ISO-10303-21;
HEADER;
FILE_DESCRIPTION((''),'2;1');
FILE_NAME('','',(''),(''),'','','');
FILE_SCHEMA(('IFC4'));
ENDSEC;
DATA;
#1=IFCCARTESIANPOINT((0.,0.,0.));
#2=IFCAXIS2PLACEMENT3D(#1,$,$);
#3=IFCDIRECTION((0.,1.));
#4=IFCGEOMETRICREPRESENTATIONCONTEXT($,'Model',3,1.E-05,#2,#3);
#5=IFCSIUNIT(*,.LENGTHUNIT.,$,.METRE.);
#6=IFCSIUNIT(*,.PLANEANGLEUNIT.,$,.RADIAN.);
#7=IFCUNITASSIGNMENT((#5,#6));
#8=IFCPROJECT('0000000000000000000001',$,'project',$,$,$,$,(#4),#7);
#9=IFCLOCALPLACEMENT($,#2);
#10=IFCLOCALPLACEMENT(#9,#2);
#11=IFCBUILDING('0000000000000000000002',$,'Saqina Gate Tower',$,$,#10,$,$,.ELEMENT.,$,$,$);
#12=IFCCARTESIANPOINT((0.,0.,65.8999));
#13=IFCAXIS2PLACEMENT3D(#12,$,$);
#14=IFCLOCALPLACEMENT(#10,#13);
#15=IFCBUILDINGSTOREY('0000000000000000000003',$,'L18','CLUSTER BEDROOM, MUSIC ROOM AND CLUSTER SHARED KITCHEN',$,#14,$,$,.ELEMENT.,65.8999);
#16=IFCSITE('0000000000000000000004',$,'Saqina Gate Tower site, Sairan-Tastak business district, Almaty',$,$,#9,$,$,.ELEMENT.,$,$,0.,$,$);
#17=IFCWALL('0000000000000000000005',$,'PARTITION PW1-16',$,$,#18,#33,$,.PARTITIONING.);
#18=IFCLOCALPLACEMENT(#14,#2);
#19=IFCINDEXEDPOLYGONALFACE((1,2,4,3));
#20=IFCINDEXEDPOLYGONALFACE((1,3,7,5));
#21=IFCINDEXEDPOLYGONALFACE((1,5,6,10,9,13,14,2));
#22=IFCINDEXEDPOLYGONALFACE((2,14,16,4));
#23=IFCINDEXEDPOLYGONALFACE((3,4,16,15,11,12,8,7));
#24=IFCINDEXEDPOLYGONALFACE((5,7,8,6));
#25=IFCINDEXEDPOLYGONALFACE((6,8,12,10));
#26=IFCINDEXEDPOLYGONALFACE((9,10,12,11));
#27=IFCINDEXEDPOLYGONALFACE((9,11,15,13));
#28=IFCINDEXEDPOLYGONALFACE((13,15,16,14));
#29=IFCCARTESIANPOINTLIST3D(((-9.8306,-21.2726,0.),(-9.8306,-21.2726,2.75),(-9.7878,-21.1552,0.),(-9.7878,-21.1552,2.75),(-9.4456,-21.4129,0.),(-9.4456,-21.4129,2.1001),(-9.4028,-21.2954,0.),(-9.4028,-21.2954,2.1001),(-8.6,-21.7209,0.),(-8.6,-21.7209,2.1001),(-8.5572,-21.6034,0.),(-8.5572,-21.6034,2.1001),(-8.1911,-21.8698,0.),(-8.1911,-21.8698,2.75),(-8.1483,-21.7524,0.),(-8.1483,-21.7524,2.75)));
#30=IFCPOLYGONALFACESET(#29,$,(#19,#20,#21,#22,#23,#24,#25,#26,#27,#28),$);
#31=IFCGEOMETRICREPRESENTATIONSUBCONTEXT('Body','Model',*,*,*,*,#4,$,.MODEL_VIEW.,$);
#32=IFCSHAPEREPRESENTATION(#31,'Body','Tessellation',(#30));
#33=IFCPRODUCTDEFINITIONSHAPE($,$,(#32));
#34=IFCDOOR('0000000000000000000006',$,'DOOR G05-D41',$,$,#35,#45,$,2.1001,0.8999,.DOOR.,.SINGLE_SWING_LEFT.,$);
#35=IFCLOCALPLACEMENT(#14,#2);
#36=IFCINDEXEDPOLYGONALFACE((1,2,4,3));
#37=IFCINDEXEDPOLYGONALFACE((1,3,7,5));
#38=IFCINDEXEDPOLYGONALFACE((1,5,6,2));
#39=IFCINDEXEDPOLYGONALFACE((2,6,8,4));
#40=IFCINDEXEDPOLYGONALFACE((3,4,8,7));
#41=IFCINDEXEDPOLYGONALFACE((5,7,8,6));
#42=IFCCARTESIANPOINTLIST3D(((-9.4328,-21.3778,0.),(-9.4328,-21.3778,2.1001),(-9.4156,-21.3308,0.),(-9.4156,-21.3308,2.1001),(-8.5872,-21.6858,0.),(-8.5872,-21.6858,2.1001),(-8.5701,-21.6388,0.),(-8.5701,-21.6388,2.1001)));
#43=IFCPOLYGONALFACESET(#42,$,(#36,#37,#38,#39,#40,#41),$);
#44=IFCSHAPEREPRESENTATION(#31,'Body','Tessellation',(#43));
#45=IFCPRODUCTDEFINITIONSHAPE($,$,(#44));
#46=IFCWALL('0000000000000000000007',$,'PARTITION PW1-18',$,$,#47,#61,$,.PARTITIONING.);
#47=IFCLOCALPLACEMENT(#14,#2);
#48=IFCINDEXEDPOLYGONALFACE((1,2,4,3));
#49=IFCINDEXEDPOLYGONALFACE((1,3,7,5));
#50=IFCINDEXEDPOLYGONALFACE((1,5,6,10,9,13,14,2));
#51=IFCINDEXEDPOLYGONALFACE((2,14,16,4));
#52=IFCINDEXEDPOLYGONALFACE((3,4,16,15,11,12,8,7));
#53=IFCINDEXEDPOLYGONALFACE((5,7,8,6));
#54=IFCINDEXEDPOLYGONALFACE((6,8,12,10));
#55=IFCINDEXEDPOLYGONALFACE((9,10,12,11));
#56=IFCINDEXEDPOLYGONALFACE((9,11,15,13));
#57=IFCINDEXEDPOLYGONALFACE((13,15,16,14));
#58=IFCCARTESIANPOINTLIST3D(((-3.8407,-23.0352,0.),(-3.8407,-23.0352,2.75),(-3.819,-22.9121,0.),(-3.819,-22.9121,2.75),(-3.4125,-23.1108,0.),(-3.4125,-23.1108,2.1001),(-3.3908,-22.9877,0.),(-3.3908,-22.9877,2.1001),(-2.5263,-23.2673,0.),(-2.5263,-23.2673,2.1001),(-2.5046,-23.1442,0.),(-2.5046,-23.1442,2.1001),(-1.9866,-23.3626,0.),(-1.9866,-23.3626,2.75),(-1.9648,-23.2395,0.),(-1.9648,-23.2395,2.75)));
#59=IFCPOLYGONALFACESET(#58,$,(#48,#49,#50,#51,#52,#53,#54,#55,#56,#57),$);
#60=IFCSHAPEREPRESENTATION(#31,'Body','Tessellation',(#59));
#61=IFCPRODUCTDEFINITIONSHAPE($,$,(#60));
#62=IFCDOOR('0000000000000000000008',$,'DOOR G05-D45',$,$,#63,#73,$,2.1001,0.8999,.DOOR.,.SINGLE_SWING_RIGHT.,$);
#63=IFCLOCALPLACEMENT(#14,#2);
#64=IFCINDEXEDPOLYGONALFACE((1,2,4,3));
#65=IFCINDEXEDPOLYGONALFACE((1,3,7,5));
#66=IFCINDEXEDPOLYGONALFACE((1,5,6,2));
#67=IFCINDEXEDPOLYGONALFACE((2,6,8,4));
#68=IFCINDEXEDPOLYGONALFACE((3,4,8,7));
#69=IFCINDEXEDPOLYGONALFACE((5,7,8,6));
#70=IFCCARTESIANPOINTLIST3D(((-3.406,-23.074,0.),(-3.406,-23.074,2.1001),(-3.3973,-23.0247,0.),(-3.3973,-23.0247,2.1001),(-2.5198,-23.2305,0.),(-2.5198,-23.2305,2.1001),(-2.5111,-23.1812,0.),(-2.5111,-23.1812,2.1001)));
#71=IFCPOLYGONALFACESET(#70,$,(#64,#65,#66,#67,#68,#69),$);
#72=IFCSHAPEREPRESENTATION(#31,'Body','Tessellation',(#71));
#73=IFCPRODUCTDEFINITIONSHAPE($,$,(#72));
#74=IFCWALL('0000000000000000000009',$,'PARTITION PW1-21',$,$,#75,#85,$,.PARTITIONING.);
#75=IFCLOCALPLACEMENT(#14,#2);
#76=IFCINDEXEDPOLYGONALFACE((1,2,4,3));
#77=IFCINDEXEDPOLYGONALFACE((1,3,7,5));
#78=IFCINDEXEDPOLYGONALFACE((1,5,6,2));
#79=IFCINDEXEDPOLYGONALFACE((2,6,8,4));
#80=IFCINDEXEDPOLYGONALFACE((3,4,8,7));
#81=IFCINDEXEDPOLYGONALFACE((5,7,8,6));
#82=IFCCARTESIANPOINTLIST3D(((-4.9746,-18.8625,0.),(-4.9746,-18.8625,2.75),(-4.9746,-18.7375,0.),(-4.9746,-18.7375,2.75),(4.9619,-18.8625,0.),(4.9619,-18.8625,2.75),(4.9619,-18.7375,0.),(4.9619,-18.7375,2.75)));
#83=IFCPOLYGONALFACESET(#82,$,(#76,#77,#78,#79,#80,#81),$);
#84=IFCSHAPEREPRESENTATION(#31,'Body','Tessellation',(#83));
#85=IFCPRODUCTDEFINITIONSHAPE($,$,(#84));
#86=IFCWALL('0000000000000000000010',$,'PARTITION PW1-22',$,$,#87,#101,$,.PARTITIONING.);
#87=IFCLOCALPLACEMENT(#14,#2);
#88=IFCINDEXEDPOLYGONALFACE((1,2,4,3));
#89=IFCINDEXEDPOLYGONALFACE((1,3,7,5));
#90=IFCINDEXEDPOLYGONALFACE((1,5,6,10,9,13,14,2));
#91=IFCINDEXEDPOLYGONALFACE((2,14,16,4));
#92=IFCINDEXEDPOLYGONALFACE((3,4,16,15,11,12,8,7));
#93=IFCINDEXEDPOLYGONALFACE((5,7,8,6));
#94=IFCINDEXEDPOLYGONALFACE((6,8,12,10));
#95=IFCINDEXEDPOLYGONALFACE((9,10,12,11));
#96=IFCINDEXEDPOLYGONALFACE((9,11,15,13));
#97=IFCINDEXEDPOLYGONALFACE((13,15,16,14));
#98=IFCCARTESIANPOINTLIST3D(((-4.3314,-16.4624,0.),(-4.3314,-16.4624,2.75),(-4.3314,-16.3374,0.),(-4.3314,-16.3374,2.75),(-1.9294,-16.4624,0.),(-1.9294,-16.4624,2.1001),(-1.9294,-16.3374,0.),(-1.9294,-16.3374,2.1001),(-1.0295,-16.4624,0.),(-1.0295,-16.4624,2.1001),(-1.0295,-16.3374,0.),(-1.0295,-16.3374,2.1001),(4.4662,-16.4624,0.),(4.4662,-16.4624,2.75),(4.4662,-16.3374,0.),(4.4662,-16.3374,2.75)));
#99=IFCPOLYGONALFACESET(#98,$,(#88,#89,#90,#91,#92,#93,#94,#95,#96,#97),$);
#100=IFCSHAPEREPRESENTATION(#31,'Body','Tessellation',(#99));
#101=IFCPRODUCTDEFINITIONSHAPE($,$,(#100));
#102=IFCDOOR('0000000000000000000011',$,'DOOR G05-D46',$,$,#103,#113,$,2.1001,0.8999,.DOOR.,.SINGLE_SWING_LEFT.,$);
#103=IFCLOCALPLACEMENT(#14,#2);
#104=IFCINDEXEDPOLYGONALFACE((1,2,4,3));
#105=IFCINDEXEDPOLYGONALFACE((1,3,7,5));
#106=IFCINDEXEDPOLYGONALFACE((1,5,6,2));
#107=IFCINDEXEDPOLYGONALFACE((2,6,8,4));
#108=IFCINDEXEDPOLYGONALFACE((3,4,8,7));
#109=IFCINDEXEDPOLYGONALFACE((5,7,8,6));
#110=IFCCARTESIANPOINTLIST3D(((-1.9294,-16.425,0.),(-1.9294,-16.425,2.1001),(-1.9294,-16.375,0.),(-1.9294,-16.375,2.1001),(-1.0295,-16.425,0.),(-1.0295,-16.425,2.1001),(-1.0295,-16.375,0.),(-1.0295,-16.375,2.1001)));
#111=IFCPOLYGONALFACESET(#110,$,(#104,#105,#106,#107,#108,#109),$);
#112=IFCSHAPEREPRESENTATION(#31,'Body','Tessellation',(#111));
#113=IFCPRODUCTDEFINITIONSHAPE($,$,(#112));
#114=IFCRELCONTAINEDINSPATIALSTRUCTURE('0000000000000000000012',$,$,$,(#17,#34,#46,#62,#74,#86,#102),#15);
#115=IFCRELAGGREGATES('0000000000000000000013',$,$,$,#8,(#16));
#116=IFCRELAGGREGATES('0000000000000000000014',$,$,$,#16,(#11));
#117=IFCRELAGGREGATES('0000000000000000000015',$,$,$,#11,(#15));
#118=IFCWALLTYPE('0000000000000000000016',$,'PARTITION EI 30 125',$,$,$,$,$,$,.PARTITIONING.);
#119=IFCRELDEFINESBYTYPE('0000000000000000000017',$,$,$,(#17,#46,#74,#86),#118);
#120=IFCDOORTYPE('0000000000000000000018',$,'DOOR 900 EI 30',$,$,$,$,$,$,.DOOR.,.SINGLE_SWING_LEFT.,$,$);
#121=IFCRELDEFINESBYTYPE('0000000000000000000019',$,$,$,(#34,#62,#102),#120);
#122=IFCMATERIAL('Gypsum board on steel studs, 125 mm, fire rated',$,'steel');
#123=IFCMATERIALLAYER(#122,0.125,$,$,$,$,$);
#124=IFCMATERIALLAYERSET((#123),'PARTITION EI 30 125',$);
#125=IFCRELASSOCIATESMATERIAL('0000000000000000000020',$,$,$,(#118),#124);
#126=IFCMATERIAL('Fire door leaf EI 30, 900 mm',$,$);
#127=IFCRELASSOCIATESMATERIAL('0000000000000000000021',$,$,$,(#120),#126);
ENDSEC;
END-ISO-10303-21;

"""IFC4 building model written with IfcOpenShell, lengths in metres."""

from ifc_helpers import new_model, si_unit, direction, frame, frame_2d, origin, place, context, subcontext, project, spatial, rectangle, extrude, material, layer, layer_set, type_object, element, fill, save


model = new_model("IFC4")

# Units and contexts
model_context = context("Model", 3, precision=1e-05, world=origin(), true_north=direction((0.0, 1.0)))
body_context = subcontext(model_context, "Body", "Model", "MODEL_VIEW")
ifc_project = project(units=[si_unit("LENGTHUNIT", "METRE"), si_unit("PLANEANGLEUNIT", "RADIAN")], contexts=[model_context])

# Site, building, storey
site_placement = place(None, origin())
site = spatial("IfcSite", under=ifc_project, at=site_placement, Name="Saqina Gate Tower site, Sairan-Tastak business district, Almaty", CompositionType="ELEMENT", RefElevation=0.0)
building_placement = place(site_placement, origin())
building = spatial("IfcBuilding", under=site, at=building_placement, Name="Saqina Gate Tower", CompositionType="ELEMENT")
storey_placement = place(building_placement, frame((0.0, 0.0, 65.8999)))
storey = spatial("IfcBuildingStorey", under=building, at=storey_placement, Name="L18", Description="CLUSTER BEDROOM, MUSIC ROOM AND CLUSTER SHARED KITCHEN", CompositionType="ELEMENT", Elevation=65.8999)

# Walls, openings, doors
ifc_material_1 = material(Name="Gypsum board on steel studs, 125 mm, fire rated", Category="steel")
ifc_layer_1 = layer(ifc_material_1, 0.125)
ifc_layer_set_1 = layer_set([ifc_layer_1], Name="PARTITION EI 30 125")
wall_type_1 = type_object("IfcWallType", Name="PARTITION EI 30 125", PredefinedType="PARTITIONING", material=ifc_layer_set_1)
wall_1_placement = place(storey_placement, frame((-9.8093, -21.2139, 0.0), z_axis=(0.0, 0.0, 1.0), x_axis=(0.939605, -0.34226, 0.0)))
wall_1 = element("IfcWall", 1, at=wall_1_placement, inside=storey, type_object=wall_type_1, Name="PARTITION PW1-16", PredefinedType="PARTITIONING", context=body_context, shape_type="SweptSolid", body=[
    extrude(rectangle(XDim=1.7449, YDim=0.125, at=frame_2d((0.8726, 0.0))), origin(), (0.0, 0.0, 1.0), 2.75),
])
opening_1_placement = place(wall_1_placement, frame((0.4099, 0.0, 0.0)))
opening_1 = element("IfcOpeningElement", 2, at=opening_1_placement, cuts=wall_1, PredefinedType="OPENING", context=body_context, shape_type="SweptSolid", body=[
    extrude(rectangle(XDim=0.8999, YDim=2.1001, at=frame_2d((0.45, 1.05))), frame((0.0, 0.0745, 0.0), z_axis=(0.0, -1.0, 0.0), x_axis=(1.0, 0.0, 0.0)), (0.0, 0.0, 1.0), 0.1489),
])
ifc_material_2 = material(Name="Fire door leaf EI 30, 900 mm")
door_type_1 = type_object("IfcDoorType", Name="DOOR 900 EI 30", OperationType="SINGLE_SWING_LEFT", PredefinedType="DOOR", material=ifc_material_2)
door_1_placement = place(opening_1_placement, origin())
door_1 = element("IfcDoor", 3, at=door_1_placement, inside=storey, type_object=door_type_1, Name="DOOR G05-D41", OperationType="SINGLE_SWING_LEFT", OverallHeight=2.1001, OverallWidth=0.8999, PredefinedType="DOOR", context=body_context, shape_type="SweptSolid", body=[
    extrude(rectangle(XDim=0.8999, YDim=2.1001, at=frame_2d((0.45, 1.05))), frame((0.0, 0.0249, 0.0), z_axis=(0.0, -1.0, 0.0), x_axis=(1.0, 0.0, 0.0)), (0.0, 0.0, 1.0), 0.05),
])
fill(opening_1, door_1)
wall_2_placement = place(storey_placement, frame((-3.8298, -22.9736, 0.0), z_axis=(0.0, 0.0, 1.0), x_axis=(0.984768, -0.173874, 0.0)))
wall_2 = element("IfcWall", 4, at=wall_2_placement, inside=storey, type_object=wall_type_1, Name="PARTITION PW1-18", PredefinedType="PARTITIONING", context=body_context, shape_type="SweptSolid", body=[
    extrude(rectangle(XDim=1.8828, YDim=0.125, at=frame_2d((0.9414, 0.0))), origin(), (0.0, 0.0, 1.0), 2.75),
])
opening_2_placement = place(wall_2_placement, frame((0.4348, 0.0, 0.0)))
opening_2 = element("IfcOpeningElement", 5, at=opening_2_placement, cuts=wall_2, PredefinedType="OPENING", context=body_context, shape_type="SweptSolid", body=[
    extrude(rectangle(XDim=0.8999, YDim=2.1001, at=frame_2d((0.45, 1.05))), frame((0.0, 0.0745, 0.0), z_axis=(0.0, -1.0, 0.0), x_axis=(1.0, 0.0, 0.0)), (0.0, 0.0, 1.0), 0.1489),
])
door_2_placement = place(opening_2_placement, origin())
door_2 = element("IfcDoor", 6, at=door_2_placement, inside=storey, type_object=door_type_1, Name="DOOR G05-D45", OperationType="SINGLE_SWING_RIGHT", OverallHeight=2.1001, OverallWidth=0.8999, PredefinedType="DOOR", context=body_context, shape_type="SweptSolid", body=[
    extrude(rectangle(XDim=0.8999, YDim=2.1001, at=frame_2d((0.45, 1.05))), frame((0.0, 0.0249, 0.0), z_axis=(0.0, -1.0, 0.0), x_axis=(1.0, 0.0, 0.0)), (0.0, 0.0, 1.0), 0.05),
])
fill(opening_2, door_2)

# Wall
wall_3_placement = place(storey_placement, frame((-4.9746, -18.8, 0.0), z_axis=(0.0, 0.0, 1.0), x_axis=(1.0, 0.0, 0.0)))
element("IfcWall", 7, at=wall_3_placement, inside=storey, type_object=wall_type_1, Name="PARTITION PW1-21", PredefinedType="PARTITIONING", context=body_context, shape_type="SweptSolid", body=[
    extrude(rectangle(XDim=9.9365, YDim=0.125, at=frame_2d((4.9683, 0.0))), origin(), (0.0, 0.0, 1.0), 2.75),
])

# Wall, opening, door
wall_4_placement = place(storey_placement, frame((-4.3315, -16.3999, 0.0), z_axis=(0.0, 0.0, 1.0), x_axis=(1.0, 0.0, 0.0)))
wall_4 = element("IfcWall", 8, at=wall_4_placement, inside=storey, type_object=wall_type_1, Name="PARTITION PW1-22", PredefinedType="PARTITIONING", context=body_context, shape_type="SweptSolid", body=[
    extrude(rectangle(XDim=8.7976, YDim=0.125, at=frame_2d((4.3989, 0.0))), origin(), (0.0, 0.0, 1.0), 2.75),
])
opening_3_placement = place(wall_4_placement, frame((2.4021, 0.0, 0.0)))
opening_3 = element("IfcOpeningElement", 9, at=opening_3_placement, cuts=wall_4, PredefinedType="OPENING", context=body_context, shape_type="SweptSolid", body=[
    extrude(rectangle(XDim=0.8999, YDim=2.1001, at=frame_2d((0.45, 1.05))), frame((0.0, 0.0745, 0.0), z_axis=(0.0, -1.0, 0.0), x_axis=(1.0, 0.0, 0.0)), (0.0, 0.0, 1.0), 0.1489),
])
door_3_placement = place(opening_3_placement, origin())
door_3 = element("IfcDoor", 10, at=door_3_placement, inside=storey, type_object=door_type_1, Name="DOOR G05-D46", OperationType="SINGLE_SWING_LEFT", OverallHeight=2.1001, OverallWidth=0.8999, PredefinedType="DOOR", context=body_context, shape_type="SweptSolid", body=[
    extrude(rectangle(XDim=0.8999, YDim=2.1001, at=frame_2d((0.45, 1.05))), frame((0.0, 0.0249, 0.0), z_axis=(0.0, -1.0, 0.0), x_axis=(1.0, 0.0, 0.0)), (0.0, 0.0, 1.0), 0.05),
])
fill(opening_3, door_3)

save(model, "model.ifc")
